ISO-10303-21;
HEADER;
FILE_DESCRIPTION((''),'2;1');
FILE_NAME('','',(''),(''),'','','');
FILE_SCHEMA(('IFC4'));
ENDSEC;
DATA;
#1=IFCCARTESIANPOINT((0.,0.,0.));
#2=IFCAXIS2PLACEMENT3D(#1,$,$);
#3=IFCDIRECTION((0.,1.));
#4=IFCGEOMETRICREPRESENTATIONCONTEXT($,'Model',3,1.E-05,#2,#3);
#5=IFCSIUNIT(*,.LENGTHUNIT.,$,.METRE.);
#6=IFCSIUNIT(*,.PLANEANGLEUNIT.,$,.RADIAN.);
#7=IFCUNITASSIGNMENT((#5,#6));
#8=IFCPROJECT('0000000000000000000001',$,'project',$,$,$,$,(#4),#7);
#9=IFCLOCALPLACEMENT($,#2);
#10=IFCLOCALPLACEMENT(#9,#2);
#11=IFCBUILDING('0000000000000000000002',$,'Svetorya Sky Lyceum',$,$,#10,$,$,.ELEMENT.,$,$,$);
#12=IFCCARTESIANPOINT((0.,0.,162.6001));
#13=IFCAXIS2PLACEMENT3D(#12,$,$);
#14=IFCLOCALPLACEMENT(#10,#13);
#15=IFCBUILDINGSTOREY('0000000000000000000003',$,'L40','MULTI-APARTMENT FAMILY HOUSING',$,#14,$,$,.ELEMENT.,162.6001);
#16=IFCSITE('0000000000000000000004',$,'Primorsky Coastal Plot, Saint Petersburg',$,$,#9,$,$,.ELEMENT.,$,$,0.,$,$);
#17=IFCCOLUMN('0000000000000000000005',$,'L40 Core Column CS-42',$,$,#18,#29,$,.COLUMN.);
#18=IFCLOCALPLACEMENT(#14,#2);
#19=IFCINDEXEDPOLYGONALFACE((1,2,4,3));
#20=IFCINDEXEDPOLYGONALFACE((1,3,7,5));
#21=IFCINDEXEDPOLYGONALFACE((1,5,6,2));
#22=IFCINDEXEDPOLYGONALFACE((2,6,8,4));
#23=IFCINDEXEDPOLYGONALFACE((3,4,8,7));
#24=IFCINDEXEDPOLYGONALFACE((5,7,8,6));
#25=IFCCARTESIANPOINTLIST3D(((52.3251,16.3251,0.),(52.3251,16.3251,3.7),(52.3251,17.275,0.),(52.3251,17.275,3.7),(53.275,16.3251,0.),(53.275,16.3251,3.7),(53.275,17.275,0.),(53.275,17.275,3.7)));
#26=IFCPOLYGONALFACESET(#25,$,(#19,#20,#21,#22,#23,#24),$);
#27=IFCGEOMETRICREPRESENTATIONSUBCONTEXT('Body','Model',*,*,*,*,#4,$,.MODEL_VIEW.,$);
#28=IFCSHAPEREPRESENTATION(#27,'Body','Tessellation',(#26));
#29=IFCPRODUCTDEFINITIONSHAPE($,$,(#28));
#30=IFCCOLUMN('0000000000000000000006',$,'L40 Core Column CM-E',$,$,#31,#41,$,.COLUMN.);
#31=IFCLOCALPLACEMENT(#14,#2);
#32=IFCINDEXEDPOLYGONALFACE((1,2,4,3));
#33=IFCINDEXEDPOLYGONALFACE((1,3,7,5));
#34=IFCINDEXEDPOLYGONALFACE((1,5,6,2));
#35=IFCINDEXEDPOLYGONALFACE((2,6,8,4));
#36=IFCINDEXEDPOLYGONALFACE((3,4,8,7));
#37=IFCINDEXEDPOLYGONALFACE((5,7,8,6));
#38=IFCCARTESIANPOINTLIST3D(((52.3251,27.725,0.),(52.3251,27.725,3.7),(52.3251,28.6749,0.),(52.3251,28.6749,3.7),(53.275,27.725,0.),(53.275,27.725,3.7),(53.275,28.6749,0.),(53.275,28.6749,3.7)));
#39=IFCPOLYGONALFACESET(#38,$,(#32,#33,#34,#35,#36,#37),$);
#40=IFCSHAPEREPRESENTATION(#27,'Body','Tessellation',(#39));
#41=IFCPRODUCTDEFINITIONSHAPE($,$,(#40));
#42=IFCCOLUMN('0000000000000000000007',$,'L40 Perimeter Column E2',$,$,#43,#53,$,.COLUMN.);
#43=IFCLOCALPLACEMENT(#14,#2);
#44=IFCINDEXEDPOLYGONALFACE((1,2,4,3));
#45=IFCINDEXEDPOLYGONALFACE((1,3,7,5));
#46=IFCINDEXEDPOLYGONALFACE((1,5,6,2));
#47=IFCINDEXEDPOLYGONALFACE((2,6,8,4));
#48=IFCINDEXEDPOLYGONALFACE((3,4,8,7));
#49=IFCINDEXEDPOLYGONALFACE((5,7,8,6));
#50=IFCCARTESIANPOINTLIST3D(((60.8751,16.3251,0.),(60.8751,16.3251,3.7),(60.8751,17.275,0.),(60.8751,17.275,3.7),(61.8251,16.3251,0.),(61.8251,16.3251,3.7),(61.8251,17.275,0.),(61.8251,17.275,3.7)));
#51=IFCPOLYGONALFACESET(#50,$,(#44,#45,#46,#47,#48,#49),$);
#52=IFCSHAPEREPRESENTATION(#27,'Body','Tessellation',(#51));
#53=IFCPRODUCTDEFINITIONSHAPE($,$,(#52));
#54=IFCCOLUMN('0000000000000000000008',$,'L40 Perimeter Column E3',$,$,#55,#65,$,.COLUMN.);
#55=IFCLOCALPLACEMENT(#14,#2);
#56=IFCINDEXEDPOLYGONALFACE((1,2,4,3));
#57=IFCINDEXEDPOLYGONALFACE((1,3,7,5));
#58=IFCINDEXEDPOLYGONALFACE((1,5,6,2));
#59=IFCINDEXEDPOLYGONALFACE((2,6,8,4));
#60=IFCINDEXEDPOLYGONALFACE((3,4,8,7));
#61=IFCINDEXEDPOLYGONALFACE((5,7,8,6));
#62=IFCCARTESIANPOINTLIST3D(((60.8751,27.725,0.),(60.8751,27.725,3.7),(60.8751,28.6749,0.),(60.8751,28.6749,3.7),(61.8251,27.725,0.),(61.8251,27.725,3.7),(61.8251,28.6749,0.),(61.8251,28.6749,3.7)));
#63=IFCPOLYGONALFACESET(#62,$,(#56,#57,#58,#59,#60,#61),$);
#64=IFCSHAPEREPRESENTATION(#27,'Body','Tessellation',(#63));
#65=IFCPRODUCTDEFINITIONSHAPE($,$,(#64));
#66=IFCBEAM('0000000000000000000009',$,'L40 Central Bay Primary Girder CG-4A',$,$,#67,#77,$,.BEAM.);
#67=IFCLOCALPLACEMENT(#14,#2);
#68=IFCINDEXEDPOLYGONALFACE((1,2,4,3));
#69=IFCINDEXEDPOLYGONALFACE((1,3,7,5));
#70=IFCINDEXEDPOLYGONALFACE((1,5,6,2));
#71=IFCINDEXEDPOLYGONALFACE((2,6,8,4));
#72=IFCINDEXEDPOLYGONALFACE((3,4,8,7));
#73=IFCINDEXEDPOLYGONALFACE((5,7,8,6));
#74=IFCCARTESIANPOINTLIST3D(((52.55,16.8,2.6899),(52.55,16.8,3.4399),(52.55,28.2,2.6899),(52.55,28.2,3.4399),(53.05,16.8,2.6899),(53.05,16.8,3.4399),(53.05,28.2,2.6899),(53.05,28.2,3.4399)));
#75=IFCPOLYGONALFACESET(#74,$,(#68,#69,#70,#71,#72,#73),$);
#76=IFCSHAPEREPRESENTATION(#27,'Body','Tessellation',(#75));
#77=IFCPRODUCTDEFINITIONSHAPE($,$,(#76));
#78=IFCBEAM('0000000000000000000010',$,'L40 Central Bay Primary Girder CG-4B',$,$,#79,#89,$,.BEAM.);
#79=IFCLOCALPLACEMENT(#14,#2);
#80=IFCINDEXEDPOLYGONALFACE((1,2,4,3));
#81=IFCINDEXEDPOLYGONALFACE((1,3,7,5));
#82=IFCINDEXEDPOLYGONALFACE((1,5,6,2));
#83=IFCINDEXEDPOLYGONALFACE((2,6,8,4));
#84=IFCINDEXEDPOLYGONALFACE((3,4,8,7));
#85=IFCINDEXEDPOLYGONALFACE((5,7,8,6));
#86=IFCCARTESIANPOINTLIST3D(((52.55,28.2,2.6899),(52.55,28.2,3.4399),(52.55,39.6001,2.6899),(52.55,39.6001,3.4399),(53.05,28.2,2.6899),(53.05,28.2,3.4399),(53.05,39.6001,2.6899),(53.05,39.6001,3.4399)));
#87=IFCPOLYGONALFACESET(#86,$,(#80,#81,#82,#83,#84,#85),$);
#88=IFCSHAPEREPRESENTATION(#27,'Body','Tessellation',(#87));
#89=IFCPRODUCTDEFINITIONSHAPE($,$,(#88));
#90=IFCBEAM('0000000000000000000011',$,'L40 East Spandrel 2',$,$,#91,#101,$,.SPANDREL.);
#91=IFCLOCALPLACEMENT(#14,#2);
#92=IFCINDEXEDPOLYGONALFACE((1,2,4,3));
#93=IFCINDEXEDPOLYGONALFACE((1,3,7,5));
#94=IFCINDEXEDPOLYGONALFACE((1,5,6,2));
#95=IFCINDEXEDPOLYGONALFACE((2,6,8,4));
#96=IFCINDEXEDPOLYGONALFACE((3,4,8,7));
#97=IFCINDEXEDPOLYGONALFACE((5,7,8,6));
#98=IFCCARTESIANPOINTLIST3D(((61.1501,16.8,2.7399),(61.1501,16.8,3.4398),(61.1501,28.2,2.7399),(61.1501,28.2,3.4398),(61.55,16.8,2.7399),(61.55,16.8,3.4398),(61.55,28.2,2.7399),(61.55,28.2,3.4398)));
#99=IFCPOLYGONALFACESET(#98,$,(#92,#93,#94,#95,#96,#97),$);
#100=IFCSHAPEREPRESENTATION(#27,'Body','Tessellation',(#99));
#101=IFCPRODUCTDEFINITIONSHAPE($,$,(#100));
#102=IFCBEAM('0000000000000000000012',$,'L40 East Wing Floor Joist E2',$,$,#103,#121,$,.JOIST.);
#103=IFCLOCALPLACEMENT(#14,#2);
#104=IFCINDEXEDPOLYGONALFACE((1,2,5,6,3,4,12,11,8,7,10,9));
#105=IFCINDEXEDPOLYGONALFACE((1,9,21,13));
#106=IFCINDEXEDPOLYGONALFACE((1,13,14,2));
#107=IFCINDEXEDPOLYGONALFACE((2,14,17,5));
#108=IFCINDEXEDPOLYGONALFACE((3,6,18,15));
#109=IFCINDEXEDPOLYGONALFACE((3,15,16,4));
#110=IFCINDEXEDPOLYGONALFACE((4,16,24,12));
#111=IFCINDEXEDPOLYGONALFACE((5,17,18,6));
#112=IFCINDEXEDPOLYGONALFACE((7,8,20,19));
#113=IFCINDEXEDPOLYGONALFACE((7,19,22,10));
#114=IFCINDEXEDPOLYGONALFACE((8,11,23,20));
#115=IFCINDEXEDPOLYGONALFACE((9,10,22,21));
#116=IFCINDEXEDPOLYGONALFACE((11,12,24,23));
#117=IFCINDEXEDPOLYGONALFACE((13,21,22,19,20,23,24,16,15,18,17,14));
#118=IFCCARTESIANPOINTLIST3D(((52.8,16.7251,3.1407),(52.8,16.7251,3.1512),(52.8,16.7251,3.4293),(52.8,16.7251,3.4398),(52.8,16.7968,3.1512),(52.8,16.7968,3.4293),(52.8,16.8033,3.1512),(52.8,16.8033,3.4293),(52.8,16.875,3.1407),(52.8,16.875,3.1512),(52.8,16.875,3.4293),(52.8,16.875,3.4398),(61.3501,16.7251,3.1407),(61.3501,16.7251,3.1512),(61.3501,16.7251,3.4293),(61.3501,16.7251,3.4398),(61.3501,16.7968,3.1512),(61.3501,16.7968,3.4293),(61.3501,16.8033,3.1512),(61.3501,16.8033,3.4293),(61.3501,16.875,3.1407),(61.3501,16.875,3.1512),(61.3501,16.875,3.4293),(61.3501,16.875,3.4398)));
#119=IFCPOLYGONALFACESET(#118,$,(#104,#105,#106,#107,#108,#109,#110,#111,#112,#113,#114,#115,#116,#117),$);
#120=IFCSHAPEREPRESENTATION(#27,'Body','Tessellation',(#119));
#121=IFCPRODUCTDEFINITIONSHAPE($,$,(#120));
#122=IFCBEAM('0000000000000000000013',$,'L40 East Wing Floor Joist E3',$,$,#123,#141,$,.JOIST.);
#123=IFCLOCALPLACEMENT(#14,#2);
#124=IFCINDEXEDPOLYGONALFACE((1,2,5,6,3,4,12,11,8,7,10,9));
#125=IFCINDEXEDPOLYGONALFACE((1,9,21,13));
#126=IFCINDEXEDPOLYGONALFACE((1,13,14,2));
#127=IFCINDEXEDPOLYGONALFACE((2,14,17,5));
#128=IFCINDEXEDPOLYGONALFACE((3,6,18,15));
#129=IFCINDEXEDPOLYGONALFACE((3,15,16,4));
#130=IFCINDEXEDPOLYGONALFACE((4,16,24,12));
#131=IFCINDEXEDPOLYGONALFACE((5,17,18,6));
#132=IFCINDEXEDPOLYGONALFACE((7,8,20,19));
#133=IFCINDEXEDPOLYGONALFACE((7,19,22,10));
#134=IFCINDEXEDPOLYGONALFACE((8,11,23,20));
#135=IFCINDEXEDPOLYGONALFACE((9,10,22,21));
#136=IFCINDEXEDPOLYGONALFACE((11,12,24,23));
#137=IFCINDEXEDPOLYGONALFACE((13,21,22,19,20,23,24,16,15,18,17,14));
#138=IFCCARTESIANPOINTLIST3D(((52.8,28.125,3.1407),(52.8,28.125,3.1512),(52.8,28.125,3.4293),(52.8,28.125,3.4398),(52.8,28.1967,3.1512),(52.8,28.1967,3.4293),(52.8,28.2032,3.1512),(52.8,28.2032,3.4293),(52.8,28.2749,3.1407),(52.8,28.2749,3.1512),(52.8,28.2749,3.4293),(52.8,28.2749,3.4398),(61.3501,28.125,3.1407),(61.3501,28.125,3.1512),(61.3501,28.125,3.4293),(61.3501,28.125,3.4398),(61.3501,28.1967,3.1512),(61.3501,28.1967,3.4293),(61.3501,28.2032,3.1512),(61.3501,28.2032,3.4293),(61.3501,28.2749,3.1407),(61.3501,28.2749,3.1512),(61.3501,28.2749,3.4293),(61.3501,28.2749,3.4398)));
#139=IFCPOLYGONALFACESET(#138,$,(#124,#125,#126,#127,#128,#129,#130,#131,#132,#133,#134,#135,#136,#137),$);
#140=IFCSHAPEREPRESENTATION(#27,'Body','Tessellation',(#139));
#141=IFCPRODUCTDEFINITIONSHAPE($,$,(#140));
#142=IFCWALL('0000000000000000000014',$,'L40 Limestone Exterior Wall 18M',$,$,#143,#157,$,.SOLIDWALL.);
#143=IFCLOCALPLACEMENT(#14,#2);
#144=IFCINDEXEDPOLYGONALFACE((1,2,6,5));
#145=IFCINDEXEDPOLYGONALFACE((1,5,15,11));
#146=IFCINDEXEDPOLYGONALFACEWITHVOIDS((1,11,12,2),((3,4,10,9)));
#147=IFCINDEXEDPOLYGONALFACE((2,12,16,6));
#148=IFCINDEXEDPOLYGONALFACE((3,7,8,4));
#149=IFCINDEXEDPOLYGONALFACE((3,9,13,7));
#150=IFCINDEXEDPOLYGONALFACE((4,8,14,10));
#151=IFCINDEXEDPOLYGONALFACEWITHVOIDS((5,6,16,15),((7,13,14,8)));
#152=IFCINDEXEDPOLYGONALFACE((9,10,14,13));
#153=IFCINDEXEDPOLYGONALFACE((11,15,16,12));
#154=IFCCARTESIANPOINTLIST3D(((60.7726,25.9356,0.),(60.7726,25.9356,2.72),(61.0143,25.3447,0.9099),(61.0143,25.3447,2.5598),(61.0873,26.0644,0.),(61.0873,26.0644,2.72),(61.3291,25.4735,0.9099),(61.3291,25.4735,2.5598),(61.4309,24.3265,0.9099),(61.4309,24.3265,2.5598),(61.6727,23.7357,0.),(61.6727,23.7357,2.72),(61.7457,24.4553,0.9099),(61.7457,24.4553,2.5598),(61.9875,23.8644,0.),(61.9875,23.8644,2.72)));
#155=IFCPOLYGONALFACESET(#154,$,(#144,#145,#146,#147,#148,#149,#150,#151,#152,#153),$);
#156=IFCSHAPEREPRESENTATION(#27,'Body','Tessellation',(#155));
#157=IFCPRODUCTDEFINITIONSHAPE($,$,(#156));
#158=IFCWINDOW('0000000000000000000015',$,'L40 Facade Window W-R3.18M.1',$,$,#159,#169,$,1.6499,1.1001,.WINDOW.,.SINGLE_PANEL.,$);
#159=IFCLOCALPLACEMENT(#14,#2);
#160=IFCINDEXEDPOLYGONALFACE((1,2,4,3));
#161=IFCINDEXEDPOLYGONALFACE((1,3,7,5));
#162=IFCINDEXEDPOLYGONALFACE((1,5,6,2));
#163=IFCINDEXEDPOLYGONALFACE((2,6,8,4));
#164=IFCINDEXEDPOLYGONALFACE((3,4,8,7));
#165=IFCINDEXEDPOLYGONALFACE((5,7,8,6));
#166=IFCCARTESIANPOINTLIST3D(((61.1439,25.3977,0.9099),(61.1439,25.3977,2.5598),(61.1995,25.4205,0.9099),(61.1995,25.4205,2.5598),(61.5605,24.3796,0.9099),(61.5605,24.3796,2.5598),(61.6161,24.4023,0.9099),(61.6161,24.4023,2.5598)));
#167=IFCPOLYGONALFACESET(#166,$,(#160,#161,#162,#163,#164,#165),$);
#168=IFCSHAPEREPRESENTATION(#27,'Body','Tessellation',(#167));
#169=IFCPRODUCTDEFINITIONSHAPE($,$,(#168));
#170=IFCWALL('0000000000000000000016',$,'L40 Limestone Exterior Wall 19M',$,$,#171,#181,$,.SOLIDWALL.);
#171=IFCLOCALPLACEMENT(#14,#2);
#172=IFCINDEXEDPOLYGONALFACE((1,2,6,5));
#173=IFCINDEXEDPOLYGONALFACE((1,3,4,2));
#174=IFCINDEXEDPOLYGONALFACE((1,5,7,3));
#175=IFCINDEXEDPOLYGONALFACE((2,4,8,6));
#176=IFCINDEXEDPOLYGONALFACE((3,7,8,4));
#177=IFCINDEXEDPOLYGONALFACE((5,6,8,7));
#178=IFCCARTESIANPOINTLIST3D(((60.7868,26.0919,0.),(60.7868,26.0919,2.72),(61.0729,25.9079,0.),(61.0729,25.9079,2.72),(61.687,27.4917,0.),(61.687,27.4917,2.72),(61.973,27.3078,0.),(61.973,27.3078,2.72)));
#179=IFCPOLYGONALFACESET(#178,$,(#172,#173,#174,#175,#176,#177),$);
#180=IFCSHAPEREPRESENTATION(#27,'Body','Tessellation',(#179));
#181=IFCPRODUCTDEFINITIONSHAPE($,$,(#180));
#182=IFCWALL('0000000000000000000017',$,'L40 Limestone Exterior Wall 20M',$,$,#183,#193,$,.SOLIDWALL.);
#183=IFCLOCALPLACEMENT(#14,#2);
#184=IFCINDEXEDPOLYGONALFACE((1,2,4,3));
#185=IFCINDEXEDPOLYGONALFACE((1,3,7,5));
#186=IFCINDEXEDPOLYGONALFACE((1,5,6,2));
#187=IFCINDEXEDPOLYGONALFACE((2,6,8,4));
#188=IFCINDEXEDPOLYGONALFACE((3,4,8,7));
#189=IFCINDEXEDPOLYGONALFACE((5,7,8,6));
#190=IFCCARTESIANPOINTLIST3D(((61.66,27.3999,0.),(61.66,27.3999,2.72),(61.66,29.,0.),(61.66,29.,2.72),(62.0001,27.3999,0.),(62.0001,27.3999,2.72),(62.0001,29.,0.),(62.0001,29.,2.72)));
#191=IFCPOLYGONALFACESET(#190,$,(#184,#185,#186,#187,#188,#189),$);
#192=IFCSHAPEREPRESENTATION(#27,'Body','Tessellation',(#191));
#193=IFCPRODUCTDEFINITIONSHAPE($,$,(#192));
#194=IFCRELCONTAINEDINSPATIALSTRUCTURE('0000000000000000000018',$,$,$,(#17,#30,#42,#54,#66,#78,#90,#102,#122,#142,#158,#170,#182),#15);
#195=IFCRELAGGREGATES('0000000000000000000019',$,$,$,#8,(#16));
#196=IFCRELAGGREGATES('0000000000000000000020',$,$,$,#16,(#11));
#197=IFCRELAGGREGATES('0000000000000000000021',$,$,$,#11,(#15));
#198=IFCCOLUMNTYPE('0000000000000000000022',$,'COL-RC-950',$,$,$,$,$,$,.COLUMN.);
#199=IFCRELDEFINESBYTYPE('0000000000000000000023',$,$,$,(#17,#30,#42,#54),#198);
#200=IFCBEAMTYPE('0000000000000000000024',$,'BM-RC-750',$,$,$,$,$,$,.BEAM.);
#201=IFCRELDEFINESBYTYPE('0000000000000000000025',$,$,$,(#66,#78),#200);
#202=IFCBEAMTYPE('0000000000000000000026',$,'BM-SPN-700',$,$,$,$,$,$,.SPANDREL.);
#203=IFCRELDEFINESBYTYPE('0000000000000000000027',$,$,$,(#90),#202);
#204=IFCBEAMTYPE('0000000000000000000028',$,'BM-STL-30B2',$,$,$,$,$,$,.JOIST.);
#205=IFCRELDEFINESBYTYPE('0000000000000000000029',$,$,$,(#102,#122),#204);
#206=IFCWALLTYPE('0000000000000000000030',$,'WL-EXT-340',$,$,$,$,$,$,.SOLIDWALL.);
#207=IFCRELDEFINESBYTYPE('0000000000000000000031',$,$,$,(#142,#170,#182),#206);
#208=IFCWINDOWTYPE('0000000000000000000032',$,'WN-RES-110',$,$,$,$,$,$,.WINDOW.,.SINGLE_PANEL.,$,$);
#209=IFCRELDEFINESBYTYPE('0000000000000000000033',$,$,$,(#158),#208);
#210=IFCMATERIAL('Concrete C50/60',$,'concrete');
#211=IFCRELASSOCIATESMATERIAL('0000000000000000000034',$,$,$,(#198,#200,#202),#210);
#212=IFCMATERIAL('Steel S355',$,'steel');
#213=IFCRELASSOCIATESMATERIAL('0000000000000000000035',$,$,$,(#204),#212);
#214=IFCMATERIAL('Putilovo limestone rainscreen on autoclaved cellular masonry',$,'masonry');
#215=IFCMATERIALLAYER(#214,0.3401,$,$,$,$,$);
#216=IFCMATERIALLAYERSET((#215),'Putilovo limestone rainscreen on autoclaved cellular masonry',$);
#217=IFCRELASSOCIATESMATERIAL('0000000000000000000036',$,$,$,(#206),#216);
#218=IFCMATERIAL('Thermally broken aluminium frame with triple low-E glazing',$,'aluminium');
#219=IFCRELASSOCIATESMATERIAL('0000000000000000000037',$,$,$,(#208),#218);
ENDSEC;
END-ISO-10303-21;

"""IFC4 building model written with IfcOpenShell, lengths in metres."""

from ifc_helpers import new_model, si_unit, direction, frame, frame_2d, origin, origin_2d, place, context, subcontext, project, spatial, rectangle, i_section, extrude, material, layer, layer_set, material_profile, profile_set, type_object, element, fill, save


model = new_model("IFC4")

# Units and contexts
model_context = context("Model", 3, precision=1e-05, world=origin(), true_north=direction((0.0, 1.0)))
body_context = subcontext(model_context, "Body", "Model", "MODEL_VIEW")
ifc_project = project(units=[si_unit("LENGTHUNIT", "METRE"), si_unit("PLANEANGLEUNIT", "RADIAN")], contexts=[model_context])

# Site, building, storey
site_placement = place(None, origin())
site = spatial("IfcSite", under=ifc_project, at=site_placement, Name="Primorsky Coastal Plot, Saint Petersburg", CompositionType="ELEMENT", RefElevation=0.0)
building_placement = place(site_placement, origin())
building = spatial("IfcBuilding", under=site, at=building_placement, Name="Svetorya Sky Lyceum", CompositionType="ELEMENT")
storey_placement = place(building_placement, frame((0.0, 0.0, 162.6001)))
storey = spatial("IfcBuildingStorey", under=building, at=storey_placement, Name="L40", Description="MULTI-APARTMENT FAMILY HOUSING", CompositionType="ELEMENT", Elevation=162.6001)

# Columns
ifc_material_1 = material(Name="Concrete C50/60", Category="concrete")
ifc_material_profile_1 = material_profile(ifc_material_1, rectangle(XDim=0.95, YDim=0.95, at=origin_2d()), Name="RC COL 950x950")
ifc_profile_set_1 = profile_set([ifc_material_profile_1], Name="Concrete C50/60")
column_type = type_object("IfcColumnType", Name="COL-RC-950", PredefinedType="COLUMN", material=ifc_profile_set_1)
for number, where, z_axis, x_axis, name in (
    (1, (52.8, 16.8, 0.0), (0.0, 0.0, 1.0), (1.0, 0.0, 0.0), "L40 Core Column CS-42"),
    (2, (52.8, 28.2, 0.0), (0.0, 0.0, 1.0), (1.0, 0.0, 0.0), "L40 Core Column CM-E"),
    (3, (61.3501, 16.8, 0.0), (0.0, 0.0, 1.0), (1.0, 0.0, 0.0), "L40 Perimeter Column E2"),
    (4, (61.3501, 28.2, 0.0), (0.0, 0.0, 1.0), (1.0, 0.0, 0.0), "L40 Perimeter Column E3"),
):
    element("IfcColumn", number, at=place(storey_placement, frame(where, z_axis=z_axis, x_axis=x_axis)), inside=storey, type_object=column_type, Name=name, PredefinedType="COLUMN", context=body_context, shape_type="SweptSolid", body=[
        extrude(rectangle(XDim=0.95, YDim=0.95, at=origin_2d()), origin(), (0.0, 0.0, 1.0), 3.7),
    ])

# Beams
ifc_material_profile_2 = material_profile(ifc_material_1, rectangle(XDim=0.5, YDim=0.75, at=origin_2d()), Name="RC BEAM 500x750")
ifc_profile_set_2 = profile_set([ifc_material_profile_2], Name="Concrete C50/60")
beam_type_1 = type_object("IfcBeamType", Name="BM-RC-750", PredefinedType="BEAM", material=ifc_profile_set_2)
beam_1_placement = place(storey_placement, frame((52.8, 16.8, 3.0649), z_axis=(0.0, 1.0, 0.0), x_axis=(-1.0, 0.0, 0.0)))
element("IfcBeam", 5, at=beam_1_placement, inside=storey, type_object=beam_type_1, Name="L40 Central Bay Primary Girder CG-4A", PredefinedType="BEAM", context=body_context, shape_type="SweptSolid", body=[
    extrude(rectangle(XDim=0.5, YDim=0.75, at=origin_2d()), origin(), (0.0, 0.0, 1.0), 11.3999),
])
beam_2_placement = place(storey_placement, frame((52.8, 28.2, 3.0649), z_axis=(0.0, 1.0, 0.0), x_axis=(-1.0, 0.0, 0.0)))
element("IfcBeam", 6, at=beam_2_placement, inside=storey, type_object=beam_type_1, Name="L40 Central Bay Primary Girder CG-4B", PredefinedType="BEAM", context=body_context, shape_type="SweptSolid", body=[
    extrude(rectangle(XDim=0.5, YDim=0.75, at=origin_2d()), origin(), (0.0, 0.0, 1.0), 11.4001),
])
ifc_material_profile_3 = material_profile(ifc_material_1, rectangle(XDim=0.3999, YDim=0.7, at=origin_2d()), Name="RC SPANDREL 400x700")
ifc_profile_set_3 = profile_set([ifc_material_profile_3], Name="Concrete C50/60")
beam_type_2 = type_object("IfcBeamType", Name="BM-SPN-700", PredefinedType="SPANDREL", material=ifc_profile_set_3)
beam_3_placement = place(storey_placement, frame((61.3501, 16.8, 3.0898), z_axis=(0.0, 1.0, 0.0), x_axis=(-1.0, 0.0, 0.0)))
element("IfcBeam", 7, at=beam_3_placement, inside=storey, type_object=beam_type_2, Name="L40 East Spandrel 2", PredefinedType="SPANDREL", context=body_context, shape_type="SweptSolid", body=[
    extrude(rectangle(XDim=0.3999, YDim=0.7, at=origin_2d()), origin(), (0.0, 0.0, 1.0), 11.3999),
])
ifc_material_2 = material(Name="Steel S355", Category="steel")
ifc_material_profile_4 = material_profile(ifc_material_2, i_section(OverallWidth=0.1499, OverallDepth=0.2991, WebThickness=0.0066, FlangeThickness=0.0105, at=origin_2d()), Name="GOST 30B2")
ifc_profile_set_4 = profile_set([ifc_material_profile_4], Name="Steel S355")
beam_type_3 = type_object("IfcBeamType", Name="BM-STL-30B2", PredefinedType="JOIST", material=ifc_profile_set_4)
for number, where, z_axis, x_axis, name in (
    (8, (52.8, 16.8, 3.2903), (1.0, 0.0, 0.0), (0.0, 1.0, 0.0), "L40 East Wing Floor Joist E2"),
    (9, (52.8, 28.2, 3.2903), (1.0, 0.0, 0.0), (0.0, 1.0, 0.0), "L40 East Wing Floor Joist E3"),
):
    element("IfcBeam", number, at=place(storey_placement, frame(where, z_axis=z_axis, x_axis=x_axis)), inside=storey, type_object=beam_type_3, Name=name, PredefinedType="JOIST", context=body_context, shape_type="SweptSolid", body=[
        extrude(i_section(OverallWidth=0.1499, OverallDepth=0.2991, WebThickness=0.0066, FlangeThickness=0.0105, at=origin_2d()), origin(), (0.0, 0.0, 1.0), 8.55),
    ])

# Wall, opening, window
ifc_material_3 = material(Name="Putilovo limestone rainscreen on autoclaved cellular masonry", Category="masonry")
ifc_layer_1 = layer(ifc_material_3, 0.3401)
ifc_layer_set_1 = layer_set([ifc_layer_1], Name="Putilovo limestone rainscreen on autoclaved cellular masonry")
wall_type_1 = type_object("IfcWallType", Name="WL-EXT-340", PredefinedType="SOLIDWALL", material=ifc_layer_set_1)
wall_1_placement = place(storey_placement, frame((61.8301, 23.8, 0.0), z_axis=(0.0, 0.0, 1.0), x_axis=(-0.378693, 0.925522, 0.0)))
wall_1 = element("IfcWall", 10, at=wall_1_placement, inside=storey, type_object=wall_type_1, Name="L40 Limestone Exterior Wall 18M", PredefinedType="SOLIDWALL", context=body_context, shape_type="SweptSolid", body=[
    extrude(rectangle(XDim=2.377, YDim=0.3401, at=frame_2d((1.1885, 0.0))), origin(), (0.0, 0.0, 1.0), 2.72),
])
opening_1_placement = place(wall_1_placement, frame((0.6384, 0.0, 0.9099)))
opening_1 = element("IfcOpeningElement", 11, at=opening_1_placement, cuts=wall_1, PredefinedType="OPENING", context=body_context, shape_type="SweptSolid", body=[
    extrude(rectangle(XDim=1.1001, YDim=1.6499, at=frame_2d((0.55, 0.825))), frame((0.0, 0.1799, 0.0), z_axis=(0.0, -1.0, 0.0), x_axis=(1.0, 0.0, 0.0)), (0.0, 0.0, 1.0), 0.3601),
])
ifc_material_4 = material(Name="Thermally broken aluminium frame with triple low-E glazing", Category="aluminium")
window_type = type_object("IfcWindowType", Name="WN-RES-110", PartitioningType="SINGLE_PANEL", PredefinedType="WINDOW", material=ifc_material_4)
window_placement = place(opening_1_placement, origin())
window = element("IfcWindow", 12, at=window_placement, inside=storey, type_object=window_type, Name="L40 Facade Window W-R3.18M.1", OverallHeight=1.6499, OverallWidth=1.1001, PartitioningType="SINGLE_PANEL", PredefinedType="WINDOW", context=body_context, shape_type="SweptSolid", body=[
    extrude(rectangle(XDim=1.1001, YDim=1.6499, at=frame_2d((0.55, 0.825))), frame((0.0, 0.03, 0.0), z_axis=(0.0, -1.0, 0.0), x_axis=(1.0, 0.0, 0.0)), (0.0, 0.0, 1.0), 0.0601),
])
fill(opening_1, window)

# Walls
wall_2_placement = place(storey_placement, frame((60.9299, 26.0, 0.0), z_axis=(0.0, 0.0, 1.0), x_axis=(0.540847, 0.841121, 0.0)))
element("IfcWall", 13, at=wall_2_placement, inside=storey, type_object=wall_type_1, Name="L40 Limestone Exterior Wall 19M", PredefinedType="SOLIDWALL", context=body_context, shape_type="SweptSolid", body=[
    extrude(rectangle(XDim=1.6643, YDim=0.3401, at=frame_2d((0.832, 0.0))), origin(), (0.0, 0.0, 1.0), 2.72),
])
wall_3_placement = place(storey_placement, frame((61.8301, 27.3999, 0.0), z_axis=(0.0, 0.0, 1.0), x_axis=(0.0, 1.0, 0.0)))
element("IfcWall", 14, at=wall_3_placement, inside=storey, type_object=wall_type_1, Name="L40 Limestone Exterior Wall 20M", PredefinedType="SOLIDWALL", context=body_context, shape_type="SweptSolid", body=[
    extrude(rectangle(XDim=1.6001, YDim=0.3401, at=frame_2d((0.8, 0.0))), origin(), (0.0, 0.0, 1.0), 2.72),
])

save(model, "model.ifc")
